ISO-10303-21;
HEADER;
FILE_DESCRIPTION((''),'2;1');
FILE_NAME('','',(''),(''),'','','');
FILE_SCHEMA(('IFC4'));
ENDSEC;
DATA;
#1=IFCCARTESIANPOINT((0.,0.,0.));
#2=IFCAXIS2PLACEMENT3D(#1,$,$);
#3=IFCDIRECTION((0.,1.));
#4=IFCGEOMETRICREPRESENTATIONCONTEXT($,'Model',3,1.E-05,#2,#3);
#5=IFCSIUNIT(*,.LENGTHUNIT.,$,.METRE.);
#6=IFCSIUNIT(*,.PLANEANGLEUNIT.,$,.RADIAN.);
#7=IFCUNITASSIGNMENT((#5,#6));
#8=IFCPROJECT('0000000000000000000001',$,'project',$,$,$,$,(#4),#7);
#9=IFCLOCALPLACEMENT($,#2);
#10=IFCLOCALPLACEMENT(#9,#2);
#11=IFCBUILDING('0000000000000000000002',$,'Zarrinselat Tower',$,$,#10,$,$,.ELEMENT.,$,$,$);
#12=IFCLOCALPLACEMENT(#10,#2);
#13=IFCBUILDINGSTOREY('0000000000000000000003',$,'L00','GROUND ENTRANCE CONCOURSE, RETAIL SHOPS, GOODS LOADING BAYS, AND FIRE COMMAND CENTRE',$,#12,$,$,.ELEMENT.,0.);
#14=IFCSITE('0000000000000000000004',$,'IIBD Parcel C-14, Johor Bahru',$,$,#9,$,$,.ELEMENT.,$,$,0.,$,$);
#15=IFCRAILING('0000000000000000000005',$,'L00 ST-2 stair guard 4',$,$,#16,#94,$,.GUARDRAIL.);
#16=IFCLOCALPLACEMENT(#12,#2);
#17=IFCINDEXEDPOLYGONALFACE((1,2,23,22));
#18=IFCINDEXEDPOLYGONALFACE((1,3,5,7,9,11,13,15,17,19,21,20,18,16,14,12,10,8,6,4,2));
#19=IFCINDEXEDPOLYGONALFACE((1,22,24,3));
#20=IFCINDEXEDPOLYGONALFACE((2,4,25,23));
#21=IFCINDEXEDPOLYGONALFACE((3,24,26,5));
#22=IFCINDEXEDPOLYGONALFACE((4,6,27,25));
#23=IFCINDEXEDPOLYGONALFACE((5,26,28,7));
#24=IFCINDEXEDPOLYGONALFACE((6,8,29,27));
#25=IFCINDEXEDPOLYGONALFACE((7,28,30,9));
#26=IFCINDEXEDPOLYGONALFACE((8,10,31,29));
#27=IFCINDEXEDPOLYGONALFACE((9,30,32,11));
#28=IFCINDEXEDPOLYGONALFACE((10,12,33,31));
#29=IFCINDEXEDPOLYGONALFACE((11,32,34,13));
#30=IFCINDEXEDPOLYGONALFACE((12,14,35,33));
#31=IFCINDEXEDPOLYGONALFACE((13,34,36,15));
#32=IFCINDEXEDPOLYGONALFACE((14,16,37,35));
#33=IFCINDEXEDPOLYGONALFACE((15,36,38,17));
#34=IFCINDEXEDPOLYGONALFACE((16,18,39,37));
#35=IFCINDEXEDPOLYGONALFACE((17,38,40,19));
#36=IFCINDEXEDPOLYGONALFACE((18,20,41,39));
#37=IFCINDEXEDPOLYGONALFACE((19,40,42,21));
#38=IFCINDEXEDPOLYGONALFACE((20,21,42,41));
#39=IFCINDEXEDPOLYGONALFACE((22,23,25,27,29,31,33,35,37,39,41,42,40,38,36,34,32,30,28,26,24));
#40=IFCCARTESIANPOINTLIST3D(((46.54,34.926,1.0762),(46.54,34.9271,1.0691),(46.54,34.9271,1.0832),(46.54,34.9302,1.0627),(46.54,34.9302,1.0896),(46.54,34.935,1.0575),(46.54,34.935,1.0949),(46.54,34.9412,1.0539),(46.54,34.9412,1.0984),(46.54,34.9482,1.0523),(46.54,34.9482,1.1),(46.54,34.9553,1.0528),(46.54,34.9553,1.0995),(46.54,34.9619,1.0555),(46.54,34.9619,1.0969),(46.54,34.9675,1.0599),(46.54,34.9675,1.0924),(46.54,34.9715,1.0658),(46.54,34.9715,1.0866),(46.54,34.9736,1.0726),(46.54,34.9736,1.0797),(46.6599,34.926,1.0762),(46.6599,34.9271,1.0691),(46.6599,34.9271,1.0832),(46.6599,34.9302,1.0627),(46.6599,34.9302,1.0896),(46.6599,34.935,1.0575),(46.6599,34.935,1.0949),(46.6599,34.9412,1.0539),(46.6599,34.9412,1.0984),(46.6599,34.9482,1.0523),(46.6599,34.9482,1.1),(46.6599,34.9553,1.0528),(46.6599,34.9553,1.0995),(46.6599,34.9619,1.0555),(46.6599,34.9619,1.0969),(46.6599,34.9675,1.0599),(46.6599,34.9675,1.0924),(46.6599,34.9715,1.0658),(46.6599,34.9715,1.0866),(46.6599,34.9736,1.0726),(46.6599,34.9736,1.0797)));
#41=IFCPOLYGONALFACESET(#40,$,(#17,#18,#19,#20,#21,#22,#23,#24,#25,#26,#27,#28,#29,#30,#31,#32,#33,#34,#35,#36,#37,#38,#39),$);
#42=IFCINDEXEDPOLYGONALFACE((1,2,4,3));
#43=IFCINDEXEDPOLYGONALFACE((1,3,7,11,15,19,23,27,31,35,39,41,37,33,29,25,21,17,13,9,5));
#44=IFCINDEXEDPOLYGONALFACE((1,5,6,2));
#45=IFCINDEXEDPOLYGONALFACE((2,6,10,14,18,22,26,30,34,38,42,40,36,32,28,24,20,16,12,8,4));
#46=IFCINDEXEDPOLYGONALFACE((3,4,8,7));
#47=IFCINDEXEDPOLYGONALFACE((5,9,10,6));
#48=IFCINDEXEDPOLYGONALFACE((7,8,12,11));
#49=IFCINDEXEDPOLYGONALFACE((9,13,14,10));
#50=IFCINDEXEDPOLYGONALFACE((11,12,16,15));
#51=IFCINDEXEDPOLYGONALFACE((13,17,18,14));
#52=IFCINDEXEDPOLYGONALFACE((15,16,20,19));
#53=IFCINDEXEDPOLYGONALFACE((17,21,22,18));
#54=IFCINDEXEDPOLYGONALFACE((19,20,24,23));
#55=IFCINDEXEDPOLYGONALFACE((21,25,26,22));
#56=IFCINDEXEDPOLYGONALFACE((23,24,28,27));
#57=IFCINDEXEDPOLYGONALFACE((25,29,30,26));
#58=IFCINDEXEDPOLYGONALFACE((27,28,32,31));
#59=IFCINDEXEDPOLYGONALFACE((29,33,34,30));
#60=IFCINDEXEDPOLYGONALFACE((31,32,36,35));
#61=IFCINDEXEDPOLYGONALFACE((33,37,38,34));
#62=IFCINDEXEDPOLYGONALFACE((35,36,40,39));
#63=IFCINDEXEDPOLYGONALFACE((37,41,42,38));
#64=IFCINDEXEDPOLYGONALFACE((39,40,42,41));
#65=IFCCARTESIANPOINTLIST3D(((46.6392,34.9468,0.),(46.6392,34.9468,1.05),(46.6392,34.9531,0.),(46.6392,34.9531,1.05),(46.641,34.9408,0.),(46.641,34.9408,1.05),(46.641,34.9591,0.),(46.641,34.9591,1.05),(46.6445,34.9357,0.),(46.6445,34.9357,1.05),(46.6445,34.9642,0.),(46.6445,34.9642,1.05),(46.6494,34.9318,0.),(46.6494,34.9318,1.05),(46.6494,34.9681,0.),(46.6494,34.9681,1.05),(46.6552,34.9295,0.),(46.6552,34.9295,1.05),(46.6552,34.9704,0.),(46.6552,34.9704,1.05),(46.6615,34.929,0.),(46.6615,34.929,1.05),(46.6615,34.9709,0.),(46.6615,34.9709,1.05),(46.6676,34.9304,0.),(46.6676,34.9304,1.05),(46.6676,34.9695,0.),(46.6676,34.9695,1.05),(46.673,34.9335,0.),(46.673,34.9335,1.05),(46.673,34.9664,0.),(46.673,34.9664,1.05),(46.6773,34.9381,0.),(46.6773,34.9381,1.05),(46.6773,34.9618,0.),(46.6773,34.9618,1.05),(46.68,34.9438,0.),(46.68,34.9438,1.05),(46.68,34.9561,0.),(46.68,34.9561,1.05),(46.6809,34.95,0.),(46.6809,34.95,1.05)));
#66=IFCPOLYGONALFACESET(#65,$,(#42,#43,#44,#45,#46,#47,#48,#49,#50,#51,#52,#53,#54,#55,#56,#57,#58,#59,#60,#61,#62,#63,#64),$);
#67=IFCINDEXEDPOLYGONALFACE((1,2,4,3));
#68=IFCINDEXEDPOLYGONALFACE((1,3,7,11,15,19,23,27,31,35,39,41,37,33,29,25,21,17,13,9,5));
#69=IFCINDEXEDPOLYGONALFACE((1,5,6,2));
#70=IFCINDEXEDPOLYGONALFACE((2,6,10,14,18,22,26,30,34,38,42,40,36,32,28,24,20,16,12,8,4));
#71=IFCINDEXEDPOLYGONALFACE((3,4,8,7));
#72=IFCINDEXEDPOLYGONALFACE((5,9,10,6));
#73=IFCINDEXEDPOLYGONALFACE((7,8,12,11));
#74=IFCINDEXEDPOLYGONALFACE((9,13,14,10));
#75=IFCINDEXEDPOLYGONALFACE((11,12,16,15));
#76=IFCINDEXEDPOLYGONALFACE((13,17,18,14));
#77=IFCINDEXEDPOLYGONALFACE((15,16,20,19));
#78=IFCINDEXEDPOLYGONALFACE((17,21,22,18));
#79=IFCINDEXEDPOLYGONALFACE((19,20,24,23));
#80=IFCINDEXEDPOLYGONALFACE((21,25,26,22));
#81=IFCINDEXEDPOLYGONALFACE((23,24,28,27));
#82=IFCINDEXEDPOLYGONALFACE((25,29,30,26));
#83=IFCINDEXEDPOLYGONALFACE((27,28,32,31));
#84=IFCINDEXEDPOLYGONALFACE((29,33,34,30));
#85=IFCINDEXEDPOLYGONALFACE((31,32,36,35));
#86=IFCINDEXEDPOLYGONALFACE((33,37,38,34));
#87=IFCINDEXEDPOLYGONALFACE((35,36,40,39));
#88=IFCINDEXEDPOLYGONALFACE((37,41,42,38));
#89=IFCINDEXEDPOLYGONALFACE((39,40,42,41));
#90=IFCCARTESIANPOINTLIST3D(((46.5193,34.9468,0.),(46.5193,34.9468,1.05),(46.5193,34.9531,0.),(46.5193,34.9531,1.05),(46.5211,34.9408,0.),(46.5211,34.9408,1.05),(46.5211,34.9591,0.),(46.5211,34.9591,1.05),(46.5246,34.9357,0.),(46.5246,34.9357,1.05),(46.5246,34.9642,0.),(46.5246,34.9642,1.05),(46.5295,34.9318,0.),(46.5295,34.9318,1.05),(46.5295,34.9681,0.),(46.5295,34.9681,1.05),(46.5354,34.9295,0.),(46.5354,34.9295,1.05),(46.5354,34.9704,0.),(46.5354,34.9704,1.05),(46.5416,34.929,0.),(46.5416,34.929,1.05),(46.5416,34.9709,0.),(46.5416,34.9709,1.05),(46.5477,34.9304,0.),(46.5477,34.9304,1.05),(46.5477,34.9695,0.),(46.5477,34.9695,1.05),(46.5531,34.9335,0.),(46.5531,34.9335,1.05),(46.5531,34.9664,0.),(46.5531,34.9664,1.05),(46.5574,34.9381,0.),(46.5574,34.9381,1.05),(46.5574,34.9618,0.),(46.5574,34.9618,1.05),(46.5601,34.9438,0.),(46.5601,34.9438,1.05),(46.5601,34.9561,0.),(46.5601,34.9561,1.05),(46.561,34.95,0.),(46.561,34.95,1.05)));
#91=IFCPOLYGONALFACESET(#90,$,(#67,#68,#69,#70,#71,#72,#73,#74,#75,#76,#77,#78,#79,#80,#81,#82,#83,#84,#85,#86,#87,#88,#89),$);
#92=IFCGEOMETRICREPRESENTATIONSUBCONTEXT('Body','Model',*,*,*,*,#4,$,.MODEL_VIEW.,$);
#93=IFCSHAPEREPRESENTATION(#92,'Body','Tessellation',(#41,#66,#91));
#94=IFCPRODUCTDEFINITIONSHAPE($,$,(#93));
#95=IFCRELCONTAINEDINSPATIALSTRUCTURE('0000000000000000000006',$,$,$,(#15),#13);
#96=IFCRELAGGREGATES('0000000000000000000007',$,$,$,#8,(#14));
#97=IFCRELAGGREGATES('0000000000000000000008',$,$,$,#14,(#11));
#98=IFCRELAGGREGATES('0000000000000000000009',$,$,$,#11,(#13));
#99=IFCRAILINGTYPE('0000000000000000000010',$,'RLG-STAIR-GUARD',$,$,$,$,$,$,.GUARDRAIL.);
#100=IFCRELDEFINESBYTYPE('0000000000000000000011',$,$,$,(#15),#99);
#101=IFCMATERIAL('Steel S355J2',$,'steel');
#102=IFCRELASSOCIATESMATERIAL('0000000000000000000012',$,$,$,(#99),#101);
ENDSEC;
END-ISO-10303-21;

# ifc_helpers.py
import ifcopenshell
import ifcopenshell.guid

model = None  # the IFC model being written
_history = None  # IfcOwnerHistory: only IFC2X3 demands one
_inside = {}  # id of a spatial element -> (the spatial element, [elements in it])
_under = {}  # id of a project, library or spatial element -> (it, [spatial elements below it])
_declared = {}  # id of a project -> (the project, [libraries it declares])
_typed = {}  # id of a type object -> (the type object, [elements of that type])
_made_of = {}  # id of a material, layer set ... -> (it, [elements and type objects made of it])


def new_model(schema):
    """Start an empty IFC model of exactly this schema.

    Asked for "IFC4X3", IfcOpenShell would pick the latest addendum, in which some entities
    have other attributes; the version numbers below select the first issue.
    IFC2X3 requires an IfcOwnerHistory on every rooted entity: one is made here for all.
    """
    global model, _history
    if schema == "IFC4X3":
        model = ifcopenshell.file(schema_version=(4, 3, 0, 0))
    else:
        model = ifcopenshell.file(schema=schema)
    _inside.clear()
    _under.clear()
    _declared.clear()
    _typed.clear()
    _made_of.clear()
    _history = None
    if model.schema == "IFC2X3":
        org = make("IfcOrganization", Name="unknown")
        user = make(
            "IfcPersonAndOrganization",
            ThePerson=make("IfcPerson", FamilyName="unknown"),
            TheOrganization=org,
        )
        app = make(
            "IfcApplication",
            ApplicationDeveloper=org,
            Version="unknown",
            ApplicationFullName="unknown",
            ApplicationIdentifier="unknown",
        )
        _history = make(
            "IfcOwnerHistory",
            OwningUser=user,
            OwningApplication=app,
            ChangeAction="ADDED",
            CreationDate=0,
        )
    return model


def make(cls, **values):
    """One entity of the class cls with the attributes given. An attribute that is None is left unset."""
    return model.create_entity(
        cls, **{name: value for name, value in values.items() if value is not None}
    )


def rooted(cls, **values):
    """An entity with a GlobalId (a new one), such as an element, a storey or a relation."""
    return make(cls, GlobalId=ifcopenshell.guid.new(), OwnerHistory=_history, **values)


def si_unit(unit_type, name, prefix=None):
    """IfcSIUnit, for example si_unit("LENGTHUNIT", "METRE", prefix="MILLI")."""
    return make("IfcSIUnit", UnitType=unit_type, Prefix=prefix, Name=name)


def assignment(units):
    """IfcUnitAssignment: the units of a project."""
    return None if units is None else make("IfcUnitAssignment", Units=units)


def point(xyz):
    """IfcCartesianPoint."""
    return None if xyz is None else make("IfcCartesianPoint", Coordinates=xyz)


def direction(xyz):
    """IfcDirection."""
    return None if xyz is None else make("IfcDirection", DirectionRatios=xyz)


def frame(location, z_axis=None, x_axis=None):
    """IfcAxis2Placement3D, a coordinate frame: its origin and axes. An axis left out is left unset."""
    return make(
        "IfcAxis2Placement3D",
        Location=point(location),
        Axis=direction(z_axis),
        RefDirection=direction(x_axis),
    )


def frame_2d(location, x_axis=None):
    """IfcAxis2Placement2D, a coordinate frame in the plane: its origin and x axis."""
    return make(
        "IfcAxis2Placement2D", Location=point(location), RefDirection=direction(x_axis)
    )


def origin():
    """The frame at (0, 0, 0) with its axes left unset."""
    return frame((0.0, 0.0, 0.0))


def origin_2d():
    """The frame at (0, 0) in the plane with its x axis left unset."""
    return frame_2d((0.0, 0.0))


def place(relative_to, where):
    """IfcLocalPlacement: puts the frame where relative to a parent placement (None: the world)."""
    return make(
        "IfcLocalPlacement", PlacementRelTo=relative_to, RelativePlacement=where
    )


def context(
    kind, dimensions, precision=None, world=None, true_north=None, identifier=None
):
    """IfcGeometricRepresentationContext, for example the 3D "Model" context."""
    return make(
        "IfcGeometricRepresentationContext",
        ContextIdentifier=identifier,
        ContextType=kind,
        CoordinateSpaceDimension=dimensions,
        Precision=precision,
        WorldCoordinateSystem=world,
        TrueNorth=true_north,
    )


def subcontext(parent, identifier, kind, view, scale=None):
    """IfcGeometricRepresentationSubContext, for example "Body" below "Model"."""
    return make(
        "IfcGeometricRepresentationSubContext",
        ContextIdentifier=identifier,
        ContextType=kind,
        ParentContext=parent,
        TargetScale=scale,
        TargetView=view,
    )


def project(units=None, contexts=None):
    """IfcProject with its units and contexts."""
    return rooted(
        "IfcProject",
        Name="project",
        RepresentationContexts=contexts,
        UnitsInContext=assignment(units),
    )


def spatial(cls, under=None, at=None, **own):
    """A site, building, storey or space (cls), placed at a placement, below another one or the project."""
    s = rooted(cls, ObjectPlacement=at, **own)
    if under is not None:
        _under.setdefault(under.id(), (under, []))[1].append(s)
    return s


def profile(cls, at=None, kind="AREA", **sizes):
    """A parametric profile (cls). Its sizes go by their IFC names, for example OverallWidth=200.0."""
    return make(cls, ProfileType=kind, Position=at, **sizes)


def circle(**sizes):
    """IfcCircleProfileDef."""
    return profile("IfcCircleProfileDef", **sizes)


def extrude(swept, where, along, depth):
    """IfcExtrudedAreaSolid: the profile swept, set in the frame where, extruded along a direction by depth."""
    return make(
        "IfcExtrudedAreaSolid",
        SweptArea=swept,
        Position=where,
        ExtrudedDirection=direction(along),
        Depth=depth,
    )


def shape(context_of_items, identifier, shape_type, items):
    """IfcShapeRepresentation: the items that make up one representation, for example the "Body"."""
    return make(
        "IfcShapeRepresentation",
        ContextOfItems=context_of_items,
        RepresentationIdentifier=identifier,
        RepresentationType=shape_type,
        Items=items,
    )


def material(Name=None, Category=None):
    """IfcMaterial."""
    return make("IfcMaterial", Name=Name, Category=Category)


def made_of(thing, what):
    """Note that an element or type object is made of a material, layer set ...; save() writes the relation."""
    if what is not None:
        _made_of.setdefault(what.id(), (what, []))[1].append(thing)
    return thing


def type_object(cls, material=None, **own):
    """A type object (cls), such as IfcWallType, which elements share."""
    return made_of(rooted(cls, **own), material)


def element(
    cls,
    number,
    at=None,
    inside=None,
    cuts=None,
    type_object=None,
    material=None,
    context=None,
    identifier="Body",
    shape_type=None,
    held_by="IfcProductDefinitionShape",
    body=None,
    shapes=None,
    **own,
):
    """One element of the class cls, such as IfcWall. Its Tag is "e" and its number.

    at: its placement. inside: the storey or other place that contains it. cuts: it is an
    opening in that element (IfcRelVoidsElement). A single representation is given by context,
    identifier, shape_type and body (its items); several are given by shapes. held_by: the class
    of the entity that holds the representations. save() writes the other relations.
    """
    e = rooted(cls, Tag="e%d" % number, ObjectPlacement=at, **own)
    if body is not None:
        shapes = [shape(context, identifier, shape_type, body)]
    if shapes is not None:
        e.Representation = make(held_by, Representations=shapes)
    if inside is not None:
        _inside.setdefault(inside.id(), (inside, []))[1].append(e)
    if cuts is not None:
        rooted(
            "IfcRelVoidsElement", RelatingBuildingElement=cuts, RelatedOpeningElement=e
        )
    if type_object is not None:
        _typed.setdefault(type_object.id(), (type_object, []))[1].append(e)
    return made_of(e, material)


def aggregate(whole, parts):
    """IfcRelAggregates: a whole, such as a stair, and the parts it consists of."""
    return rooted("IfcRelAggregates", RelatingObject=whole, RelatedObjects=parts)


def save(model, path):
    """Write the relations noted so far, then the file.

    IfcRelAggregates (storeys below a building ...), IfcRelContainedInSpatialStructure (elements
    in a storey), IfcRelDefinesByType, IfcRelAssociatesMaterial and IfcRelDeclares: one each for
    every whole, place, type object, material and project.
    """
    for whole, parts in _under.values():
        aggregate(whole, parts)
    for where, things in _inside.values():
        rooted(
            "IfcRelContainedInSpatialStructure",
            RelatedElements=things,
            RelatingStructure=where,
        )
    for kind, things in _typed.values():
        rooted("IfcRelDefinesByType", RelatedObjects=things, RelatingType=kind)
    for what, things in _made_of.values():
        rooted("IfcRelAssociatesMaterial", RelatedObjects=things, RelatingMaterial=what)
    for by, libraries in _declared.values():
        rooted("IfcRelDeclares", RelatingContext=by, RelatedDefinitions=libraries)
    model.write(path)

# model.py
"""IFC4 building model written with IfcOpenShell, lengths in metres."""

from ifc_helpers import new_model, si_unit, direction, frame, origin, origin_2d, place, context, subcontext, project, spatial, circle, extrude, material, type_object, element, save


model = new_model("IFC4")

# Units and contexts
model_context = context("Model", 3, precision=1e-05, world=origin(), true_north=direction((0.0, 1.0)))
body_context = subcontext(model_context, "Body", "Model", "MODEL_VIEW")
ifc_project = project(units=[si_unit("LENGTHUNIT", "METRE"), si_unit("PLANEANGLEUNIT", "RADIAN")], contexts=[model_context])

# Site, building, storey
site_placement = place(None, origin())
site = spatial("IfcSite", under=ifc_project, at=site_placement, Name="IIBD Parcel C-14, Johor Bahru", CompositionType="ELEMENT", RefElevation=0.0)
building_placement = place(site_placement, origin())
building = spatial("IfcBuilding", under=site, at=building_placement, Name="Zarrinselat Tower", CompositionType="ELEMENT")
storey_placement = place(building_placement, origin())
storey = spatial("IfcBuildingStorey", under=building, at=storey_placement, Name="L00", Description="GROUND ENTRANCE CONCOURSE, RETAIL SHOPS, GOODS LOADING BAYS, AND FIRE COMMAND CENTRE", CompositionType="ELEMENT", Elevation=0.0)

# Railing
ifc_material_1 = material(Name="Steel S355J2", Category="steel")
railing_type_1 = type_object("IfcRailingType", Name="RLG-STAIR-GUARD", PredefinedType="GUARDRAIL", material=ifc_material_1)
railing_1_placement = place(storey_placement, frame((46.6599, 34.95, 0.0)))
element("IfcRailing", 1, at=railing_1_placement, inside=storey, type_object=railing_type_1, Name="L00 ST-2 stair guard 4", PredefinedType="GUARDRAIL", context=body_context, shape_type="SweptSolid", body=[
    extrude(circle(Radius=0.0239, at=origin_2d()), frame((0.0, 0.0, 1.0762), z_axis=(-1.0, 0.0, 0.0), x_axis=(0.0, -1.0, 0.0)), (0.0, 0.0, 1.0), 0.1199),
    extrude(circle(Radius=0.021, at=origin_2d()), origin(), (0.0, 0.0, 1.0), 1.05),
    extrude(circle(Radius=0.021, at=origin_2d()), frame((-0.1199, 0.0, 0.0)), (0.0, 0.0, 1.0), 1.05),
])

save(model, "model.ifc")
